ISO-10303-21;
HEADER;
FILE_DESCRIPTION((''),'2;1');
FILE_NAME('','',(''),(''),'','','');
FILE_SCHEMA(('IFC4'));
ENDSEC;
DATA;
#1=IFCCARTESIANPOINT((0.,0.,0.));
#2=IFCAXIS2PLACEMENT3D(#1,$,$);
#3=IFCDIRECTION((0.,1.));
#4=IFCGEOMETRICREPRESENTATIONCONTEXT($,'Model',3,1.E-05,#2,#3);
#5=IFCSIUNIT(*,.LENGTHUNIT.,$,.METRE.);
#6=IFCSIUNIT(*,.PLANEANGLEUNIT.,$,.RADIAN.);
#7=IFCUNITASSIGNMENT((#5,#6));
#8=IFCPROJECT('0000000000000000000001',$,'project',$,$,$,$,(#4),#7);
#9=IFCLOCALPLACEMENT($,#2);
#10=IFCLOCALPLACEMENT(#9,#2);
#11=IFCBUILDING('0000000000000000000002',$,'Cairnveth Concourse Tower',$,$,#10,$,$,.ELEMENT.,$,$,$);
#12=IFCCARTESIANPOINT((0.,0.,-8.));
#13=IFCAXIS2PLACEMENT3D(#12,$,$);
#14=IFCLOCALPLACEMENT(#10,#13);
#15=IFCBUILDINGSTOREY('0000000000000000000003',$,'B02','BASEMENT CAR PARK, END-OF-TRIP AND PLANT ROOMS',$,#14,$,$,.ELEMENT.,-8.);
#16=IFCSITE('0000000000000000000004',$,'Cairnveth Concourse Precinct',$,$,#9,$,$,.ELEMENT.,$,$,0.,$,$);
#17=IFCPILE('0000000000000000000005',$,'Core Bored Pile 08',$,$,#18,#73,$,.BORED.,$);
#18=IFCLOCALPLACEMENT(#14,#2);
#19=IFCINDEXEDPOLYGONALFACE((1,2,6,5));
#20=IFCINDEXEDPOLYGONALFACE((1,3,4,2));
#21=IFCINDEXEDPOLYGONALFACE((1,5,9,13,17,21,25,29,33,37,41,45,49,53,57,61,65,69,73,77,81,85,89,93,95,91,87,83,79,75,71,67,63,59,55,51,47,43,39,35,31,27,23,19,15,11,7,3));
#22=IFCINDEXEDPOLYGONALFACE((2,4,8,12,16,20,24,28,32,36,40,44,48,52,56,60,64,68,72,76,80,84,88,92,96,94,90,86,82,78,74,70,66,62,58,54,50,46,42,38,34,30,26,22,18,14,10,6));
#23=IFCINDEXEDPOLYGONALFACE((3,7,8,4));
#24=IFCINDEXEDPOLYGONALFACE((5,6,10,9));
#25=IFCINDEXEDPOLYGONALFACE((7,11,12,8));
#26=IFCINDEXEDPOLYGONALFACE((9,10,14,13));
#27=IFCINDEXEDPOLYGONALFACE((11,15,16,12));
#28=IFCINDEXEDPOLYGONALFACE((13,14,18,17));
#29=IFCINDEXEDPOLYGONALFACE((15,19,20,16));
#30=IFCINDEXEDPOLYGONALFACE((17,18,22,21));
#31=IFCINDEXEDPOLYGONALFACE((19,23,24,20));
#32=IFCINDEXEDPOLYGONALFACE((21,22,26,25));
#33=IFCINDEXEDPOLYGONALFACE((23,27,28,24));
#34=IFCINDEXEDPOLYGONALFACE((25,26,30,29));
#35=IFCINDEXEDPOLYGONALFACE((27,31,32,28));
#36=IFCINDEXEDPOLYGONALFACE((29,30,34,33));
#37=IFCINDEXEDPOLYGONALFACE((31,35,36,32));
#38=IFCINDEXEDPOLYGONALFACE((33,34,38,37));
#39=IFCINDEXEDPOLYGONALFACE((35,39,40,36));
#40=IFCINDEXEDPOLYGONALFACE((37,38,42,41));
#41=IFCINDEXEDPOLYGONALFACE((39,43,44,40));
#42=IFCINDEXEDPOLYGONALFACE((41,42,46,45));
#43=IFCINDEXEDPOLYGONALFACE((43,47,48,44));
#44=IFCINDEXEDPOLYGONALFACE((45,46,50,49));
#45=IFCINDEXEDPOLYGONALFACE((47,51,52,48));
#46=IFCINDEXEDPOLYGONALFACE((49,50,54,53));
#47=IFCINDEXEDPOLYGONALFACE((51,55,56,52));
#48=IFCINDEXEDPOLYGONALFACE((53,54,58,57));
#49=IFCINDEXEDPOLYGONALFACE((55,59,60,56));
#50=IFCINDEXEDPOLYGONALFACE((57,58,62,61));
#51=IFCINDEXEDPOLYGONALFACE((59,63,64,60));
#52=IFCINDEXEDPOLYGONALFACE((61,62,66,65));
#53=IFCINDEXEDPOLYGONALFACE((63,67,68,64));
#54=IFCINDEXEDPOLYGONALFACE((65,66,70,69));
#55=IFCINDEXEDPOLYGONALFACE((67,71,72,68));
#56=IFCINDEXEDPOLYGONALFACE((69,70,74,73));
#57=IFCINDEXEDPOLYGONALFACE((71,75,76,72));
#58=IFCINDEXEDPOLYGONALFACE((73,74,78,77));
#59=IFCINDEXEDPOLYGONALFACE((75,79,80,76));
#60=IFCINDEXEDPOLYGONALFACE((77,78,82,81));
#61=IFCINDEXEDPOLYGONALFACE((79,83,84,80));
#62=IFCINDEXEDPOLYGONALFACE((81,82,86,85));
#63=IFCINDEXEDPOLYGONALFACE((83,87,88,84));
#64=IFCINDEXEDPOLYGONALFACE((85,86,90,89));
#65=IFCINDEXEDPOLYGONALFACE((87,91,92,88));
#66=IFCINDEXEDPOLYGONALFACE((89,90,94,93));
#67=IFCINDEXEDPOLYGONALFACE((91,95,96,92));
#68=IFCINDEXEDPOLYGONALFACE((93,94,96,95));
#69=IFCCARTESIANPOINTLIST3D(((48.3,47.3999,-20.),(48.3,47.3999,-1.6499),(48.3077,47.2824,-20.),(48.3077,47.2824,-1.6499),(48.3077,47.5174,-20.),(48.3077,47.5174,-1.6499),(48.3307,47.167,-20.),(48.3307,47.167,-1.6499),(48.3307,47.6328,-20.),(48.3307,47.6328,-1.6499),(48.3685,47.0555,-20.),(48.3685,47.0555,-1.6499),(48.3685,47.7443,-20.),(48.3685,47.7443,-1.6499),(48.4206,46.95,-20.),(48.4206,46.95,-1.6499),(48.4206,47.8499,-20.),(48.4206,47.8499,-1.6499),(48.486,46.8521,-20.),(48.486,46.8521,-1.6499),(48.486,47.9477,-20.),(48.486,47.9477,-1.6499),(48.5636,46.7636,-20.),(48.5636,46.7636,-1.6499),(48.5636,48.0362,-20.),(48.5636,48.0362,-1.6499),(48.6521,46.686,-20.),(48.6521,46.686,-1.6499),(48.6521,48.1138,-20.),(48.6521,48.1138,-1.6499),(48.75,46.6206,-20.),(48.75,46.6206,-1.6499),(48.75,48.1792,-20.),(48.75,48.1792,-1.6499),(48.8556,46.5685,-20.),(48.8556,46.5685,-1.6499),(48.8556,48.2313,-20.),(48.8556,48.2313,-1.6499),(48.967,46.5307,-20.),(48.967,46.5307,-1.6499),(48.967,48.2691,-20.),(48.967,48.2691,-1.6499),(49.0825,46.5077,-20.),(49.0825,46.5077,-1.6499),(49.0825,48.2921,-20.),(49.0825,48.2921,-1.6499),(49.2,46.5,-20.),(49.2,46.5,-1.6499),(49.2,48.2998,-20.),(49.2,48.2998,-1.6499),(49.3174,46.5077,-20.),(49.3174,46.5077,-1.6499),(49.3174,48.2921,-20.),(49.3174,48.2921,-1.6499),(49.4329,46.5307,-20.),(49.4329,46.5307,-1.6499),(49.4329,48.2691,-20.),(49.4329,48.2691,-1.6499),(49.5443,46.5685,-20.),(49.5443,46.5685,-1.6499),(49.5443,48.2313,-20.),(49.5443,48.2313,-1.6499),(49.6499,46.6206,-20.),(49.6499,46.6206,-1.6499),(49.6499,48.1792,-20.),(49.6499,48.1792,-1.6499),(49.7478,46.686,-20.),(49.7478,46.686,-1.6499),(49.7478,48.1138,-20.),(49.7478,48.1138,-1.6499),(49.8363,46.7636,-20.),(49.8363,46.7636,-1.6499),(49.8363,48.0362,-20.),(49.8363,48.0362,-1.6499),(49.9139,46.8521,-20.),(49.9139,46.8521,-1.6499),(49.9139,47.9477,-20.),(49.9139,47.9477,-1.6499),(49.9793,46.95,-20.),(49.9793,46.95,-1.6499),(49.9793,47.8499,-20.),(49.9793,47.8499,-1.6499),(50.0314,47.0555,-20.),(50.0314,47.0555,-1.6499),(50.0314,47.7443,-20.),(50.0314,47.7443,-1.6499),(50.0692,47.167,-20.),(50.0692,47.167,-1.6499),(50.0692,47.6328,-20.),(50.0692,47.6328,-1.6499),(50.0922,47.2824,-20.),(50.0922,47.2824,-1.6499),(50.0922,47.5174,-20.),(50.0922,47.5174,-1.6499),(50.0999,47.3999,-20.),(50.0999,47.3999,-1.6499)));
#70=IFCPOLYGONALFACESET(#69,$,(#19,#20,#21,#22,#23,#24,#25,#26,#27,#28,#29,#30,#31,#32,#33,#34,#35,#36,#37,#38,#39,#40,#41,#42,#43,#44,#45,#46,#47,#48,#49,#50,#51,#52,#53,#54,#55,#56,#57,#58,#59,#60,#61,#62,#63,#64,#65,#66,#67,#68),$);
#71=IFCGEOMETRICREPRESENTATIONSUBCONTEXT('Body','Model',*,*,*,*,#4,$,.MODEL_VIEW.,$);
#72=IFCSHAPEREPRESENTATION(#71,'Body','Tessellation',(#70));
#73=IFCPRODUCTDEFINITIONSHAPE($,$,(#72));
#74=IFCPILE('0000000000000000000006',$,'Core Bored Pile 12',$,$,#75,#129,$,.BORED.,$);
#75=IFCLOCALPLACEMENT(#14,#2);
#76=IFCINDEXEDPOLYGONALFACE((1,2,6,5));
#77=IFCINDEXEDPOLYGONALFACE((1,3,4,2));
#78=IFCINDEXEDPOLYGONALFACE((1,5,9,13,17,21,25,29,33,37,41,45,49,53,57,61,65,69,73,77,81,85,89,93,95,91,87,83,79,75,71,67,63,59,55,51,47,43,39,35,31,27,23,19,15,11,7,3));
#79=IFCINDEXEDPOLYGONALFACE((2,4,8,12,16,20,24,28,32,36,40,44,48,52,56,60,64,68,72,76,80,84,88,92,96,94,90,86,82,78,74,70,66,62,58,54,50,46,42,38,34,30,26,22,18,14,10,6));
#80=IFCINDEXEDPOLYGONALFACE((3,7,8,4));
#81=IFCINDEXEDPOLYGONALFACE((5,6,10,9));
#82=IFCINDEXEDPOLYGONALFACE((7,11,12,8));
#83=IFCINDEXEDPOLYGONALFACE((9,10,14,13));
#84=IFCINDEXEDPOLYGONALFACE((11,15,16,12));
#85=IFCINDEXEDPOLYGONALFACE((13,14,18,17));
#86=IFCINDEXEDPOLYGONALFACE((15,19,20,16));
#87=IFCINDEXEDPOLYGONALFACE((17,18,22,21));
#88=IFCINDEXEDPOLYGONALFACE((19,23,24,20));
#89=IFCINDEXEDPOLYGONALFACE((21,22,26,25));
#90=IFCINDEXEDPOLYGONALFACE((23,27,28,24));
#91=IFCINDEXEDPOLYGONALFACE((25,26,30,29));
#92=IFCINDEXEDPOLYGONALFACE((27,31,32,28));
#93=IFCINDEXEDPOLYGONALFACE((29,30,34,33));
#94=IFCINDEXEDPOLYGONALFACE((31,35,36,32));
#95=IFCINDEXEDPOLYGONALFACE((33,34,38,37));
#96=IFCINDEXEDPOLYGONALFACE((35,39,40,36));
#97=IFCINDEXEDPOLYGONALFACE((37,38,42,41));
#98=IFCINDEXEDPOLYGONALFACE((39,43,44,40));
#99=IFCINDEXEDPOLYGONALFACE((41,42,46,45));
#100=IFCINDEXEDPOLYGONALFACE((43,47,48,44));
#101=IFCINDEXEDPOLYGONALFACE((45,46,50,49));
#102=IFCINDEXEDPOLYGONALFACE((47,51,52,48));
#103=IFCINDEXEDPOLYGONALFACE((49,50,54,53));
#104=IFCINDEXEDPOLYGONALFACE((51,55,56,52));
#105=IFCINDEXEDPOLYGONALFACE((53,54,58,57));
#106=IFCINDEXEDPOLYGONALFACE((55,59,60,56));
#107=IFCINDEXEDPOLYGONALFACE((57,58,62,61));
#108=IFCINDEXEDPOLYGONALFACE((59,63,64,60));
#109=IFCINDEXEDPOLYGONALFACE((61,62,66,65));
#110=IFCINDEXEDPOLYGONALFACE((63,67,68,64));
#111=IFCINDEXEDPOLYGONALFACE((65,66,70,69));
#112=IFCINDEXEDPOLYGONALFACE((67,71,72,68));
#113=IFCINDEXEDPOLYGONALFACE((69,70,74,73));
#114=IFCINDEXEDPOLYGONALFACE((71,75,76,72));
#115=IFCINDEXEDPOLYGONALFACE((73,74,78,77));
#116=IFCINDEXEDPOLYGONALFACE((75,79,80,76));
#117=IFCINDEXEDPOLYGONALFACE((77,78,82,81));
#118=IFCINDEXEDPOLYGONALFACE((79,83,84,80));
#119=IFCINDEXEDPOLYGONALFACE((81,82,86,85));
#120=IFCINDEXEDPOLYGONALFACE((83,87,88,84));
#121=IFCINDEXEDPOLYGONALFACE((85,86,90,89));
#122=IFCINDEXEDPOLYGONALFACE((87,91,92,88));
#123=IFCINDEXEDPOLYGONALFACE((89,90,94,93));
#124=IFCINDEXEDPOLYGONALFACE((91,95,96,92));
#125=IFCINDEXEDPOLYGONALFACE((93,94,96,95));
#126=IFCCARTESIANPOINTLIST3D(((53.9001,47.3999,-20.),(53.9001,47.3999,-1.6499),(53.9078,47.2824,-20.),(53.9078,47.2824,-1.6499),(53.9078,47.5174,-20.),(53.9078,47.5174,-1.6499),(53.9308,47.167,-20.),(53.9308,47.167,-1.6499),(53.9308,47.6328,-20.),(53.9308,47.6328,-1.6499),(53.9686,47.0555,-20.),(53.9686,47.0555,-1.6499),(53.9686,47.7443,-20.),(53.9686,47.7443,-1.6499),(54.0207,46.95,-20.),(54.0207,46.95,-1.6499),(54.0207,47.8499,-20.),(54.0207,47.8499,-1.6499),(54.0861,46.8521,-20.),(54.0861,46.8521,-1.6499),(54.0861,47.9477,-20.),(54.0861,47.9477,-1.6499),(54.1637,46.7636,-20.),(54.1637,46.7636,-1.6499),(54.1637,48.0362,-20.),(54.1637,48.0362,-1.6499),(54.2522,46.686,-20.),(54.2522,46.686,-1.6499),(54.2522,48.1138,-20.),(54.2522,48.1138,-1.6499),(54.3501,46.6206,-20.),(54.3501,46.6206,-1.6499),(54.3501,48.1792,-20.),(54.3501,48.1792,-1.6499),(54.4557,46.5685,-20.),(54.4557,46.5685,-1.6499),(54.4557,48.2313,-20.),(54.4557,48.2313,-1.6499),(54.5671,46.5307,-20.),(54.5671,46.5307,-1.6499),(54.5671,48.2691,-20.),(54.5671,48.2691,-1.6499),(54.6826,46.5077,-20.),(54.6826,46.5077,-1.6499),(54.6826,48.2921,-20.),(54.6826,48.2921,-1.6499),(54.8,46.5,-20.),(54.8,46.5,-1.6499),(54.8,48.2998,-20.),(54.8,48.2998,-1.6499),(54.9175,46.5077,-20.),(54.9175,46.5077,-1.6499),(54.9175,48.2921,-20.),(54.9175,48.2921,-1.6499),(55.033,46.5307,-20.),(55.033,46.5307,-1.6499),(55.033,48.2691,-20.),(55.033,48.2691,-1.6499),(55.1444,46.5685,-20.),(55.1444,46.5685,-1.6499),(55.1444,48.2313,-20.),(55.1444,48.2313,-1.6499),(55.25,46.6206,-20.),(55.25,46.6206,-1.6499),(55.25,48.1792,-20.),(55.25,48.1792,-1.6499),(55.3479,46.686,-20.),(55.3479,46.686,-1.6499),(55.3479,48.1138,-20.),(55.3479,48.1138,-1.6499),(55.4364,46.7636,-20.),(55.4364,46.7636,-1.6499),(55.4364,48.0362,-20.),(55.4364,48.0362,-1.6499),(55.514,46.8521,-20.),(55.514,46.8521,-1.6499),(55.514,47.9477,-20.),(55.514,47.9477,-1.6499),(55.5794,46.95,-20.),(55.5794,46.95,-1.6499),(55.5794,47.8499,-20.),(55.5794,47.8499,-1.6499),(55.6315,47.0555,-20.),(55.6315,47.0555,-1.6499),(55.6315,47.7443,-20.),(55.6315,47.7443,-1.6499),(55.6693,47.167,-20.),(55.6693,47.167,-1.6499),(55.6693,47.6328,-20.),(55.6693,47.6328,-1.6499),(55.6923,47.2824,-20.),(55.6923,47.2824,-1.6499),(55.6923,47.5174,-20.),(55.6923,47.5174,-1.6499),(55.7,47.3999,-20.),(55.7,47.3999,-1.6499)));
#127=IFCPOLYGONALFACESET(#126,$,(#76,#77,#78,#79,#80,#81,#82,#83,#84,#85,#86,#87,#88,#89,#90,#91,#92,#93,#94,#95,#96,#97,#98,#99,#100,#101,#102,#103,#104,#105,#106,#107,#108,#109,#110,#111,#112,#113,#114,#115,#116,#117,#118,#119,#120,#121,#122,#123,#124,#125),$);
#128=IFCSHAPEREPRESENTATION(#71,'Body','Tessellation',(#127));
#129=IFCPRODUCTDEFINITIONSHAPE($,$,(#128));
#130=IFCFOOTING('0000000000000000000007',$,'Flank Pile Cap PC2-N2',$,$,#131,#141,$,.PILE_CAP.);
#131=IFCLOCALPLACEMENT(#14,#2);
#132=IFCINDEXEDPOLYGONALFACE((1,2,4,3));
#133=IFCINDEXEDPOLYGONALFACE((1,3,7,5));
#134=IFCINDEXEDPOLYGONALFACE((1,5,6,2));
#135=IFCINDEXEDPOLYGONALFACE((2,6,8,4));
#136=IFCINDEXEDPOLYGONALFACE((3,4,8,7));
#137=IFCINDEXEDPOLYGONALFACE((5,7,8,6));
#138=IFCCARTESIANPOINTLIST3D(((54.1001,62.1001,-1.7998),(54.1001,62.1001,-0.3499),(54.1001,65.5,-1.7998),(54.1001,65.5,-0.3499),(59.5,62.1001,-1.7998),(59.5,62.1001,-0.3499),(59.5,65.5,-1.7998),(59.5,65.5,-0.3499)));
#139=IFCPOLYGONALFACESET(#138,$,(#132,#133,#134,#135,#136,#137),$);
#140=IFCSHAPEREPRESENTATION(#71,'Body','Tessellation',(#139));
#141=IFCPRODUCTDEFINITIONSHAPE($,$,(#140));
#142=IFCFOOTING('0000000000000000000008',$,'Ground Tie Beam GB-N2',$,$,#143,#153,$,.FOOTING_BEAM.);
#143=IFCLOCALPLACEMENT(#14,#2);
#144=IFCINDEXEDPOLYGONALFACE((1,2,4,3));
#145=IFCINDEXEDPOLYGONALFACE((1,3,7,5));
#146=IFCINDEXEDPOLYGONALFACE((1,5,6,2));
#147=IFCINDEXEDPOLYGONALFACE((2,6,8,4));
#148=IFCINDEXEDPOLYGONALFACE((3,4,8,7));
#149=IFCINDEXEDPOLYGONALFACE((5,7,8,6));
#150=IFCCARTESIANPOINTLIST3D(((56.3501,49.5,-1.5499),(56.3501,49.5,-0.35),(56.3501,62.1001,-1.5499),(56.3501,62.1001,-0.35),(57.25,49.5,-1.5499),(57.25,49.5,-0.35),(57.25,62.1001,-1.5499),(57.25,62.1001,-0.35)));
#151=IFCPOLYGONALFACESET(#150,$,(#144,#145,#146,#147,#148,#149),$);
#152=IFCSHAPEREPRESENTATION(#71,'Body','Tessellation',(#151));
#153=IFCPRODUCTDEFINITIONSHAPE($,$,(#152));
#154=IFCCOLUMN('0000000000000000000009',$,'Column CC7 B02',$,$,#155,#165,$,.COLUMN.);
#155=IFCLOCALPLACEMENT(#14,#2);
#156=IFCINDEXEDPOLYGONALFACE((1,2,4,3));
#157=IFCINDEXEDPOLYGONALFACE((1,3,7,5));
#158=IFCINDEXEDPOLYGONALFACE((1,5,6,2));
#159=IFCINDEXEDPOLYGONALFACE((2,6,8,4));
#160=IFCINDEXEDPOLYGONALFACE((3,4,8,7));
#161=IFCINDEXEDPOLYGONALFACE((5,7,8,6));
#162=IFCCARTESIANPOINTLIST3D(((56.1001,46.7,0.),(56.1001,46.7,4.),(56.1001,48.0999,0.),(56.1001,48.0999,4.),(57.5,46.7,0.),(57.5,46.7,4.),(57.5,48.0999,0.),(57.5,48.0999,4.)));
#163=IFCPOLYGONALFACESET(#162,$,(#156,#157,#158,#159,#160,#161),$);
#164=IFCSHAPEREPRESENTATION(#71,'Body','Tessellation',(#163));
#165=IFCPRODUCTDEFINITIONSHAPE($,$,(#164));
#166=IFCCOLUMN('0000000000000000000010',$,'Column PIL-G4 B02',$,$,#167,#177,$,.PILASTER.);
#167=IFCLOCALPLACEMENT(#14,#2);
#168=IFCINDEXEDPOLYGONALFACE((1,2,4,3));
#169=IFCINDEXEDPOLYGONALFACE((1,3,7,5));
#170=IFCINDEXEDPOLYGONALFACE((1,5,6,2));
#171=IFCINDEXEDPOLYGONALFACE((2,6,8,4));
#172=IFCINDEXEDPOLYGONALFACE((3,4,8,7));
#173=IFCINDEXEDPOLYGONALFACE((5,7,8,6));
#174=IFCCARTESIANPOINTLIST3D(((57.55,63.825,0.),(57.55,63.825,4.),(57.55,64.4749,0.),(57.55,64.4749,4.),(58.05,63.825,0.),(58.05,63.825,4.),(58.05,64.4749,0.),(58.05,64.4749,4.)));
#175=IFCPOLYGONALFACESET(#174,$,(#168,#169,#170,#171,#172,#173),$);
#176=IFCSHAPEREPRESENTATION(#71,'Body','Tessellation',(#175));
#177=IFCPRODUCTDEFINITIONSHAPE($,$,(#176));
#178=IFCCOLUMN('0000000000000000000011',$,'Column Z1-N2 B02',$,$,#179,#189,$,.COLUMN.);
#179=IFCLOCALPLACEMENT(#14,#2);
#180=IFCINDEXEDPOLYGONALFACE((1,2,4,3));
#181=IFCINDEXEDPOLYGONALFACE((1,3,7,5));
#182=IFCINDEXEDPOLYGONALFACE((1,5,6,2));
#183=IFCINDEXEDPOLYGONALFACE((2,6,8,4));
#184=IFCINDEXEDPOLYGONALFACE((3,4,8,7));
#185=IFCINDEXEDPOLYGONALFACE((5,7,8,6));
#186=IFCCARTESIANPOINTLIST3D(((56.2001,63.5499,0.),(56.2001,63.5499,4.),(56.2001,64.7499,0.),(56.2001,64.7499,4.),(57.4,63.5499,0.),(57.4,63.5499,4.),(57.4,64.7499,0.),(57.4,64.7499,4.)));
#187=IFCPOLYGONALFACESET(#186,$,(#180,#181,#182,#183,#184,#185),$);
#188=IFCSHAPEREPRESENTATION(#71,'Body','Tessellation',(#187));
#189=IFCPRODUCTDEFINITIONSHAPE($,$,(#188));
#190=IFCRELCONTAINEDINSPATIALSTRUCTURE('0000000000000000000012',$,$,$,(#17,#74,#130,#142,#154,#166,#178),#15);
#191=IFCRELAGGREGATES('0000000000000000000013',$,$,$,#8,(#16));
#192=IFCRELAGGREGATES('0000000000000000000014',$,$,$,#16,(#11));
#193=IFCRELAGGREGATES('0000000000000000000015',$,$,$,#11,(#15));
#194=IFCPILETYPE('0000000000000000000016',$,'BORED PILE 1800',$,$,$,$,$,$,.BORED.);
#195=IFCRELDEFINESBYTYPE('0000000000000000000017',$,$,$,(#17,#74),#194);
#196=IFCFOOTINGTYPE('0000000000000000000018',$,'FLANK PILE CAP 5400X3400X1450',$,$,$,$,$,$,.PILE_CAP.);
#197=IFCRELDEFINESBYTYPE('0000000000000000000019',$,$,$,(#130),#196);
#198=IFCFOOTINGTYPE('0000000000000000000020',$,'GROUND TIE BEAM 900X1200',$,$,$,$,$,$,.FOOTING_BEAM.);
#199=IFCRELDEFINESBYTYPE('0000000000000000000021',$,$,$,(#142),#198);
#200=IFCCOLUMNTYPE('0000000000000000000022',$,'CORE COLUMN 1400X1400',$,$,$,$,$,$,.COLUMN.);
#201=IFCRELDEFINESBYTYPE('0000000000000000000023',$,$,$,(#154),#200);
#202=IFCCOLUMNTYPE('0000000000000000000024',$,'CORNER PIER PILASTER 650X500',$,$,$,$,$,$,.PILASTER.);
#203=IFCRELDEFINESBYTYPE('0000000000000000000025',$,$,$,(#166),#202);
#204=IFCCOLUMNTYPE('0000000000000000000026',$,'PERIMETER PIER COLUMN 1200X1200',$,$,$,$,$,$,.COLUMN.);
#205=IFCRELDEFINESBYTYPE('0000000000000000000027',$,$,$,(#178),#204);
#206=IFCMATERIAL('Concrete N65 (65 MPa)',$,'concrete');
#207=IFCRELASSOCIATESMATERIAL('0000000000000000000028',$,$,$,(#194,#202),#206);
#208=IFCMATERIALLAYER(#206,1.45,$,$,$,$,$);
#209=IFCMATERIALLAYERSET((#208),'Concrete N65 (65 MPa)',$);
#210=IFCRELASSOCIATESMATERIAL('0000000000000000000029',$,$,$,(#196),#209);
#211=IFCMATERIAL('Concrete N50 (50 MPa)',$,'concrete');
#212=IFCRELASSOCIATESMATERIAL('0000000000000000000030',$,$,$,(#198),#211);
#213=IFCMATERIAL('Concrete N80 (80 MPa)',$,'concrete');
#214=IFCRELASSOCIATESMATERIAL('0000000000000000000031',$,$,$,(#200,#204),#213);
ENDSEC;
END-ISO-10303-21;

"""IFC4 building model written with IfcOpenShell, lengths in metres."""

from ifc_helpers import new_model, si_unit, direction, frame, origin, origin_2d, place, context, subcontext, project, spatial, rectangle, circle, extrude, material, layer, layer_set, material_profile, profile_set, type_object, element, save


model = new_model("IFC4")

# Units and contexts
model_context = context("Model", 3, precision=1e-05, world=origin(), true_north=direction((0.0, 1.0)))
body_context = subcontext(model_context, "Body", "Model", "MODEL_VIEW")
ifc_project = project(units=[si_unit("LENGTHUNIT", "METRE"), si_unit("PLANEANGLEUNIT", "RADIAN")], contexts=[model_context])

# Site, building, storey
site_placement = place(None, origin())
site = spatial("IfcSite", under=ifc_project, at=site_placement, Name="Cairnveth Concourse Precinct", CompositionType="ELEMENT", RefElevation=0.0)
building_placement = place(site_placement, origin())
building = spatial("IfcBuilding", under=site, at=building_placement, Name="Cairnveth Concourse Tower", CompositionType="ELEMENT")
storey_placement = place(building_placement, frame((0.0, 0.0, -8.0)))
storey = spatial("IfcBuildingStorey", under=building, at=storey_placement, Name="B02", Description="BASEMENT CAR PARK, END-OF-TRIP AND PLANT ROOMS", CompositionType="ELEMENT", Elevation=-8.0)

# Piles
ifc_material_1 = material(Name="Concrete N50 (50 MPa)", Category="concrete")
ifc_material_2 = material(Name="Concrete N65 (65 MPa)", Category="concrete")
ifc_material_profile_1 = material_profile(ifc_material_2, circle(Radius=0.8999, at=origin_2d()), Name="PILE-1800")
ifc_profile_set_1 = profile_set([ifc_material_profile_1], Name="Concrete N65 (65 MPa)")
pile_type_1 = type_object("IfcPileType", Name="BORED PILE 1800", PredefinedType="BORED", material=ifc_profile_set_1)
for number, where, z_axis, x_axis, name in (
    (1, (49.2, 47.3999, -1.6499), (0.0, 0.0, -1.0), (1.0, 0.0, 0.0), "Core Bored Pile 08"),
    (2, (54.8, 47.3999, -1.6499), (0.0, 0.0, -1.0), (1.0, 0.0, 0.0), "Core Bored Pile 12"),
):
    element("IfcPile", number, at=place(storey_placement, frame(where, z_axis=z_axis, x_axis=x_axis)), inside=storey, type_object=pile_type_1, Name=name, PredefinedType="BORED", context=body_context, shape_type="SweptSolid", body=[
        extrude(circle(Radius=0.8999, at=origin_2d()), origin(), (0.0, 0.0, 1.0), 18.3501),
    ])

# Footings
ifc_layer_1 = layer(ifc_material_2, 1.45)
ifc_layer_set_1 = layer_set([ifc_layer_1], Name="Concrete N65 (65 MPa)")
footing_type_1 = type_object("IfcFootingType", Name="FLANK PILE CAP 5400X3400X1450", PredefinedType="PILE_CAP", material=ifc_layer_set_1)
footing_1_placement = place(storey_placement, frame((56.8, 63.8, -1.7998), z_axis=(0.0, 0.0, 1.0), x_axis=(1.0, 0.0, 0.0)))
element("IfcFooting", 3, at=footing_1_placement, inside=storey, type_object=footing_type_1, Name="Flank Pile Cap PC2-N2", PredefinedType="PILE_CAP", context=body_context, shape_type="SweptSolid", body=[
    extrude(rectangle(XDim=5.3999, YDim=3.3999, at=origin_2d()), origin(), (0.0, 0.0, 1.0), 1.45),
])
ifc_material_profile_2 = material_profile(ifc_material_1, rectangle(XDim=0.8999, YDim=1.2, at=origin_2d()), Name="RC-GB-900x1200")
ifc_profile_set_2 = profile_set([ifc_material_profile_2], Name="Concrete N50 (50 MPa)")
footing_type_2 = type_object("IfcFootingType", Name="GROUND TIE BEAM 900X1200", PredefinedType="FOOTING_BEAM", material=ifc_profile_set_2)
footing_2_placement = place(storey_placement, frame((56.8, 49.5, -0.95), z_axis=(0.0, 1.0, 0.0), x_axis=(-1.0, 0.0, 0.0)))
element("IfcFooting", 4, at=footing_2_placement, inside=storey, type_object=footing_type_2, Name="Ground Tie Beam GB-N2", PredefinedType="FOOTING_BEAM", context=body_context, shape_type="SweptSolid", body=[
    extrude(rectangle(XDim=0.8999, YDim=1.2, at=origin_2d()), origin(), (0.0, 0.0, 1.0), 12.6001),
])

# Columns
ifc_material_3 = material(Name="Concrete N80 (80 MPa)", Category="concrete")
ifc_material_profile_3 = material_profile(ifc_material_3, rectangle(XDim=1.3999, YDim=1.3999, at=origin_2d()), Name="RC-COL-1400x1400")
ifc_profile_set_3 = profile_set([ifc_material_profile_3], Name="Concrete N80 (80 MPa)")
column_type_1 = type_object("IfcColumnType", Name="CORE COLUMN 1400X1400", PredefinedType="COLUMN", material=ifc_profile_set_3)
column_1_placement = place(storey_placement, frame((56.8, 47.3999, 0.0), z_axis=(0.0, 0.0, 1.0), x_axis=(1.0, 0.0, 0.0)))
element("IfcColumn", 5, at=column_1_placement, inside=storey, type_object=column_type_1, Name="Column CC7 B02", PredefinedType="COLUMN", context=body_context, shape_type="SweptSolid", body=[
    extrude(rectangle(XDim=1.3999, YDim=1.3999, at=origin_2d()), origin(), (0.0, 0.0, 1.0), 4.0),
])
ifc_material_profile_4 = material_profile(ifc_material_2, rectangle(XDim=0.5, YDim=0.6499, at=origin_2d()), Name="RC-PIL-650x500")
ifc_profile_set_4 = profile_set([ifc_material_profile_4], Name="Concrete N65 (65 MPa)")
column_type_2 = type_object("IfcColumnType", Name="CORNER PIER PILASTER 650X500", PredefinedType="PILASTER", material=ifc_profile_set_4)
column_2_placement = place(storey_placement, frame((57.8, 64.1499, 0.0), z_axis=(0.0, 0.0, 1.0), x_axis=(1.0, 0.0, 0.0)))
element("IfcColumn", 6, at=column_2_placement, inside=storey, type_object=column_type_2, Name="Column PIL-G4 B02", PredefinedType="PILASTER", context=body_context, shape_type="SweptSolid", body=[
    extrude(rectangle(XDim=0.5, YDim=0.6499, at=origin_2d()), origin(), (0.0, 0.0, 1.0), 4.0),
])
ifc_material_profile_5 = material_profile(ifc_material_3, rectangle(XDim=1.2, YDim=1.2, at=origin_2d()), Name="RC-COL-1200x1200")
ifc_profile_set_5 = profile_set([ifc_material_profile_5], Name="Concrete N80 (80 MPa)")
column_type_3 = type_object("IfcColumnType", Name="PERIMETER PIER COLUMN 1200X1200", PredefinedType="COLUMN", material=ifc_profile_set_5)
column_3_placement = place(storey_placement, frame((56.8, 64.1499, 0.0), z_axis=(0.0, 0.0, 1.0), x_axis=(1.0, 0.0, 0.0)))
element("IfcColumn", 7, at=column_3_placement, inside=storey, type_object=column_type_3, Name="Column Z1-N2 B02", PredefinedType="COLUMN", context=body_context, shape_type="SweptSolid", body=[
    extrude(rectangle(XDim=1.2, YDim=1.2, at=origin_2d()), origin(), (0.0, 0.0, 1.0), 4.0),
])

save(model, "model.ifc")
